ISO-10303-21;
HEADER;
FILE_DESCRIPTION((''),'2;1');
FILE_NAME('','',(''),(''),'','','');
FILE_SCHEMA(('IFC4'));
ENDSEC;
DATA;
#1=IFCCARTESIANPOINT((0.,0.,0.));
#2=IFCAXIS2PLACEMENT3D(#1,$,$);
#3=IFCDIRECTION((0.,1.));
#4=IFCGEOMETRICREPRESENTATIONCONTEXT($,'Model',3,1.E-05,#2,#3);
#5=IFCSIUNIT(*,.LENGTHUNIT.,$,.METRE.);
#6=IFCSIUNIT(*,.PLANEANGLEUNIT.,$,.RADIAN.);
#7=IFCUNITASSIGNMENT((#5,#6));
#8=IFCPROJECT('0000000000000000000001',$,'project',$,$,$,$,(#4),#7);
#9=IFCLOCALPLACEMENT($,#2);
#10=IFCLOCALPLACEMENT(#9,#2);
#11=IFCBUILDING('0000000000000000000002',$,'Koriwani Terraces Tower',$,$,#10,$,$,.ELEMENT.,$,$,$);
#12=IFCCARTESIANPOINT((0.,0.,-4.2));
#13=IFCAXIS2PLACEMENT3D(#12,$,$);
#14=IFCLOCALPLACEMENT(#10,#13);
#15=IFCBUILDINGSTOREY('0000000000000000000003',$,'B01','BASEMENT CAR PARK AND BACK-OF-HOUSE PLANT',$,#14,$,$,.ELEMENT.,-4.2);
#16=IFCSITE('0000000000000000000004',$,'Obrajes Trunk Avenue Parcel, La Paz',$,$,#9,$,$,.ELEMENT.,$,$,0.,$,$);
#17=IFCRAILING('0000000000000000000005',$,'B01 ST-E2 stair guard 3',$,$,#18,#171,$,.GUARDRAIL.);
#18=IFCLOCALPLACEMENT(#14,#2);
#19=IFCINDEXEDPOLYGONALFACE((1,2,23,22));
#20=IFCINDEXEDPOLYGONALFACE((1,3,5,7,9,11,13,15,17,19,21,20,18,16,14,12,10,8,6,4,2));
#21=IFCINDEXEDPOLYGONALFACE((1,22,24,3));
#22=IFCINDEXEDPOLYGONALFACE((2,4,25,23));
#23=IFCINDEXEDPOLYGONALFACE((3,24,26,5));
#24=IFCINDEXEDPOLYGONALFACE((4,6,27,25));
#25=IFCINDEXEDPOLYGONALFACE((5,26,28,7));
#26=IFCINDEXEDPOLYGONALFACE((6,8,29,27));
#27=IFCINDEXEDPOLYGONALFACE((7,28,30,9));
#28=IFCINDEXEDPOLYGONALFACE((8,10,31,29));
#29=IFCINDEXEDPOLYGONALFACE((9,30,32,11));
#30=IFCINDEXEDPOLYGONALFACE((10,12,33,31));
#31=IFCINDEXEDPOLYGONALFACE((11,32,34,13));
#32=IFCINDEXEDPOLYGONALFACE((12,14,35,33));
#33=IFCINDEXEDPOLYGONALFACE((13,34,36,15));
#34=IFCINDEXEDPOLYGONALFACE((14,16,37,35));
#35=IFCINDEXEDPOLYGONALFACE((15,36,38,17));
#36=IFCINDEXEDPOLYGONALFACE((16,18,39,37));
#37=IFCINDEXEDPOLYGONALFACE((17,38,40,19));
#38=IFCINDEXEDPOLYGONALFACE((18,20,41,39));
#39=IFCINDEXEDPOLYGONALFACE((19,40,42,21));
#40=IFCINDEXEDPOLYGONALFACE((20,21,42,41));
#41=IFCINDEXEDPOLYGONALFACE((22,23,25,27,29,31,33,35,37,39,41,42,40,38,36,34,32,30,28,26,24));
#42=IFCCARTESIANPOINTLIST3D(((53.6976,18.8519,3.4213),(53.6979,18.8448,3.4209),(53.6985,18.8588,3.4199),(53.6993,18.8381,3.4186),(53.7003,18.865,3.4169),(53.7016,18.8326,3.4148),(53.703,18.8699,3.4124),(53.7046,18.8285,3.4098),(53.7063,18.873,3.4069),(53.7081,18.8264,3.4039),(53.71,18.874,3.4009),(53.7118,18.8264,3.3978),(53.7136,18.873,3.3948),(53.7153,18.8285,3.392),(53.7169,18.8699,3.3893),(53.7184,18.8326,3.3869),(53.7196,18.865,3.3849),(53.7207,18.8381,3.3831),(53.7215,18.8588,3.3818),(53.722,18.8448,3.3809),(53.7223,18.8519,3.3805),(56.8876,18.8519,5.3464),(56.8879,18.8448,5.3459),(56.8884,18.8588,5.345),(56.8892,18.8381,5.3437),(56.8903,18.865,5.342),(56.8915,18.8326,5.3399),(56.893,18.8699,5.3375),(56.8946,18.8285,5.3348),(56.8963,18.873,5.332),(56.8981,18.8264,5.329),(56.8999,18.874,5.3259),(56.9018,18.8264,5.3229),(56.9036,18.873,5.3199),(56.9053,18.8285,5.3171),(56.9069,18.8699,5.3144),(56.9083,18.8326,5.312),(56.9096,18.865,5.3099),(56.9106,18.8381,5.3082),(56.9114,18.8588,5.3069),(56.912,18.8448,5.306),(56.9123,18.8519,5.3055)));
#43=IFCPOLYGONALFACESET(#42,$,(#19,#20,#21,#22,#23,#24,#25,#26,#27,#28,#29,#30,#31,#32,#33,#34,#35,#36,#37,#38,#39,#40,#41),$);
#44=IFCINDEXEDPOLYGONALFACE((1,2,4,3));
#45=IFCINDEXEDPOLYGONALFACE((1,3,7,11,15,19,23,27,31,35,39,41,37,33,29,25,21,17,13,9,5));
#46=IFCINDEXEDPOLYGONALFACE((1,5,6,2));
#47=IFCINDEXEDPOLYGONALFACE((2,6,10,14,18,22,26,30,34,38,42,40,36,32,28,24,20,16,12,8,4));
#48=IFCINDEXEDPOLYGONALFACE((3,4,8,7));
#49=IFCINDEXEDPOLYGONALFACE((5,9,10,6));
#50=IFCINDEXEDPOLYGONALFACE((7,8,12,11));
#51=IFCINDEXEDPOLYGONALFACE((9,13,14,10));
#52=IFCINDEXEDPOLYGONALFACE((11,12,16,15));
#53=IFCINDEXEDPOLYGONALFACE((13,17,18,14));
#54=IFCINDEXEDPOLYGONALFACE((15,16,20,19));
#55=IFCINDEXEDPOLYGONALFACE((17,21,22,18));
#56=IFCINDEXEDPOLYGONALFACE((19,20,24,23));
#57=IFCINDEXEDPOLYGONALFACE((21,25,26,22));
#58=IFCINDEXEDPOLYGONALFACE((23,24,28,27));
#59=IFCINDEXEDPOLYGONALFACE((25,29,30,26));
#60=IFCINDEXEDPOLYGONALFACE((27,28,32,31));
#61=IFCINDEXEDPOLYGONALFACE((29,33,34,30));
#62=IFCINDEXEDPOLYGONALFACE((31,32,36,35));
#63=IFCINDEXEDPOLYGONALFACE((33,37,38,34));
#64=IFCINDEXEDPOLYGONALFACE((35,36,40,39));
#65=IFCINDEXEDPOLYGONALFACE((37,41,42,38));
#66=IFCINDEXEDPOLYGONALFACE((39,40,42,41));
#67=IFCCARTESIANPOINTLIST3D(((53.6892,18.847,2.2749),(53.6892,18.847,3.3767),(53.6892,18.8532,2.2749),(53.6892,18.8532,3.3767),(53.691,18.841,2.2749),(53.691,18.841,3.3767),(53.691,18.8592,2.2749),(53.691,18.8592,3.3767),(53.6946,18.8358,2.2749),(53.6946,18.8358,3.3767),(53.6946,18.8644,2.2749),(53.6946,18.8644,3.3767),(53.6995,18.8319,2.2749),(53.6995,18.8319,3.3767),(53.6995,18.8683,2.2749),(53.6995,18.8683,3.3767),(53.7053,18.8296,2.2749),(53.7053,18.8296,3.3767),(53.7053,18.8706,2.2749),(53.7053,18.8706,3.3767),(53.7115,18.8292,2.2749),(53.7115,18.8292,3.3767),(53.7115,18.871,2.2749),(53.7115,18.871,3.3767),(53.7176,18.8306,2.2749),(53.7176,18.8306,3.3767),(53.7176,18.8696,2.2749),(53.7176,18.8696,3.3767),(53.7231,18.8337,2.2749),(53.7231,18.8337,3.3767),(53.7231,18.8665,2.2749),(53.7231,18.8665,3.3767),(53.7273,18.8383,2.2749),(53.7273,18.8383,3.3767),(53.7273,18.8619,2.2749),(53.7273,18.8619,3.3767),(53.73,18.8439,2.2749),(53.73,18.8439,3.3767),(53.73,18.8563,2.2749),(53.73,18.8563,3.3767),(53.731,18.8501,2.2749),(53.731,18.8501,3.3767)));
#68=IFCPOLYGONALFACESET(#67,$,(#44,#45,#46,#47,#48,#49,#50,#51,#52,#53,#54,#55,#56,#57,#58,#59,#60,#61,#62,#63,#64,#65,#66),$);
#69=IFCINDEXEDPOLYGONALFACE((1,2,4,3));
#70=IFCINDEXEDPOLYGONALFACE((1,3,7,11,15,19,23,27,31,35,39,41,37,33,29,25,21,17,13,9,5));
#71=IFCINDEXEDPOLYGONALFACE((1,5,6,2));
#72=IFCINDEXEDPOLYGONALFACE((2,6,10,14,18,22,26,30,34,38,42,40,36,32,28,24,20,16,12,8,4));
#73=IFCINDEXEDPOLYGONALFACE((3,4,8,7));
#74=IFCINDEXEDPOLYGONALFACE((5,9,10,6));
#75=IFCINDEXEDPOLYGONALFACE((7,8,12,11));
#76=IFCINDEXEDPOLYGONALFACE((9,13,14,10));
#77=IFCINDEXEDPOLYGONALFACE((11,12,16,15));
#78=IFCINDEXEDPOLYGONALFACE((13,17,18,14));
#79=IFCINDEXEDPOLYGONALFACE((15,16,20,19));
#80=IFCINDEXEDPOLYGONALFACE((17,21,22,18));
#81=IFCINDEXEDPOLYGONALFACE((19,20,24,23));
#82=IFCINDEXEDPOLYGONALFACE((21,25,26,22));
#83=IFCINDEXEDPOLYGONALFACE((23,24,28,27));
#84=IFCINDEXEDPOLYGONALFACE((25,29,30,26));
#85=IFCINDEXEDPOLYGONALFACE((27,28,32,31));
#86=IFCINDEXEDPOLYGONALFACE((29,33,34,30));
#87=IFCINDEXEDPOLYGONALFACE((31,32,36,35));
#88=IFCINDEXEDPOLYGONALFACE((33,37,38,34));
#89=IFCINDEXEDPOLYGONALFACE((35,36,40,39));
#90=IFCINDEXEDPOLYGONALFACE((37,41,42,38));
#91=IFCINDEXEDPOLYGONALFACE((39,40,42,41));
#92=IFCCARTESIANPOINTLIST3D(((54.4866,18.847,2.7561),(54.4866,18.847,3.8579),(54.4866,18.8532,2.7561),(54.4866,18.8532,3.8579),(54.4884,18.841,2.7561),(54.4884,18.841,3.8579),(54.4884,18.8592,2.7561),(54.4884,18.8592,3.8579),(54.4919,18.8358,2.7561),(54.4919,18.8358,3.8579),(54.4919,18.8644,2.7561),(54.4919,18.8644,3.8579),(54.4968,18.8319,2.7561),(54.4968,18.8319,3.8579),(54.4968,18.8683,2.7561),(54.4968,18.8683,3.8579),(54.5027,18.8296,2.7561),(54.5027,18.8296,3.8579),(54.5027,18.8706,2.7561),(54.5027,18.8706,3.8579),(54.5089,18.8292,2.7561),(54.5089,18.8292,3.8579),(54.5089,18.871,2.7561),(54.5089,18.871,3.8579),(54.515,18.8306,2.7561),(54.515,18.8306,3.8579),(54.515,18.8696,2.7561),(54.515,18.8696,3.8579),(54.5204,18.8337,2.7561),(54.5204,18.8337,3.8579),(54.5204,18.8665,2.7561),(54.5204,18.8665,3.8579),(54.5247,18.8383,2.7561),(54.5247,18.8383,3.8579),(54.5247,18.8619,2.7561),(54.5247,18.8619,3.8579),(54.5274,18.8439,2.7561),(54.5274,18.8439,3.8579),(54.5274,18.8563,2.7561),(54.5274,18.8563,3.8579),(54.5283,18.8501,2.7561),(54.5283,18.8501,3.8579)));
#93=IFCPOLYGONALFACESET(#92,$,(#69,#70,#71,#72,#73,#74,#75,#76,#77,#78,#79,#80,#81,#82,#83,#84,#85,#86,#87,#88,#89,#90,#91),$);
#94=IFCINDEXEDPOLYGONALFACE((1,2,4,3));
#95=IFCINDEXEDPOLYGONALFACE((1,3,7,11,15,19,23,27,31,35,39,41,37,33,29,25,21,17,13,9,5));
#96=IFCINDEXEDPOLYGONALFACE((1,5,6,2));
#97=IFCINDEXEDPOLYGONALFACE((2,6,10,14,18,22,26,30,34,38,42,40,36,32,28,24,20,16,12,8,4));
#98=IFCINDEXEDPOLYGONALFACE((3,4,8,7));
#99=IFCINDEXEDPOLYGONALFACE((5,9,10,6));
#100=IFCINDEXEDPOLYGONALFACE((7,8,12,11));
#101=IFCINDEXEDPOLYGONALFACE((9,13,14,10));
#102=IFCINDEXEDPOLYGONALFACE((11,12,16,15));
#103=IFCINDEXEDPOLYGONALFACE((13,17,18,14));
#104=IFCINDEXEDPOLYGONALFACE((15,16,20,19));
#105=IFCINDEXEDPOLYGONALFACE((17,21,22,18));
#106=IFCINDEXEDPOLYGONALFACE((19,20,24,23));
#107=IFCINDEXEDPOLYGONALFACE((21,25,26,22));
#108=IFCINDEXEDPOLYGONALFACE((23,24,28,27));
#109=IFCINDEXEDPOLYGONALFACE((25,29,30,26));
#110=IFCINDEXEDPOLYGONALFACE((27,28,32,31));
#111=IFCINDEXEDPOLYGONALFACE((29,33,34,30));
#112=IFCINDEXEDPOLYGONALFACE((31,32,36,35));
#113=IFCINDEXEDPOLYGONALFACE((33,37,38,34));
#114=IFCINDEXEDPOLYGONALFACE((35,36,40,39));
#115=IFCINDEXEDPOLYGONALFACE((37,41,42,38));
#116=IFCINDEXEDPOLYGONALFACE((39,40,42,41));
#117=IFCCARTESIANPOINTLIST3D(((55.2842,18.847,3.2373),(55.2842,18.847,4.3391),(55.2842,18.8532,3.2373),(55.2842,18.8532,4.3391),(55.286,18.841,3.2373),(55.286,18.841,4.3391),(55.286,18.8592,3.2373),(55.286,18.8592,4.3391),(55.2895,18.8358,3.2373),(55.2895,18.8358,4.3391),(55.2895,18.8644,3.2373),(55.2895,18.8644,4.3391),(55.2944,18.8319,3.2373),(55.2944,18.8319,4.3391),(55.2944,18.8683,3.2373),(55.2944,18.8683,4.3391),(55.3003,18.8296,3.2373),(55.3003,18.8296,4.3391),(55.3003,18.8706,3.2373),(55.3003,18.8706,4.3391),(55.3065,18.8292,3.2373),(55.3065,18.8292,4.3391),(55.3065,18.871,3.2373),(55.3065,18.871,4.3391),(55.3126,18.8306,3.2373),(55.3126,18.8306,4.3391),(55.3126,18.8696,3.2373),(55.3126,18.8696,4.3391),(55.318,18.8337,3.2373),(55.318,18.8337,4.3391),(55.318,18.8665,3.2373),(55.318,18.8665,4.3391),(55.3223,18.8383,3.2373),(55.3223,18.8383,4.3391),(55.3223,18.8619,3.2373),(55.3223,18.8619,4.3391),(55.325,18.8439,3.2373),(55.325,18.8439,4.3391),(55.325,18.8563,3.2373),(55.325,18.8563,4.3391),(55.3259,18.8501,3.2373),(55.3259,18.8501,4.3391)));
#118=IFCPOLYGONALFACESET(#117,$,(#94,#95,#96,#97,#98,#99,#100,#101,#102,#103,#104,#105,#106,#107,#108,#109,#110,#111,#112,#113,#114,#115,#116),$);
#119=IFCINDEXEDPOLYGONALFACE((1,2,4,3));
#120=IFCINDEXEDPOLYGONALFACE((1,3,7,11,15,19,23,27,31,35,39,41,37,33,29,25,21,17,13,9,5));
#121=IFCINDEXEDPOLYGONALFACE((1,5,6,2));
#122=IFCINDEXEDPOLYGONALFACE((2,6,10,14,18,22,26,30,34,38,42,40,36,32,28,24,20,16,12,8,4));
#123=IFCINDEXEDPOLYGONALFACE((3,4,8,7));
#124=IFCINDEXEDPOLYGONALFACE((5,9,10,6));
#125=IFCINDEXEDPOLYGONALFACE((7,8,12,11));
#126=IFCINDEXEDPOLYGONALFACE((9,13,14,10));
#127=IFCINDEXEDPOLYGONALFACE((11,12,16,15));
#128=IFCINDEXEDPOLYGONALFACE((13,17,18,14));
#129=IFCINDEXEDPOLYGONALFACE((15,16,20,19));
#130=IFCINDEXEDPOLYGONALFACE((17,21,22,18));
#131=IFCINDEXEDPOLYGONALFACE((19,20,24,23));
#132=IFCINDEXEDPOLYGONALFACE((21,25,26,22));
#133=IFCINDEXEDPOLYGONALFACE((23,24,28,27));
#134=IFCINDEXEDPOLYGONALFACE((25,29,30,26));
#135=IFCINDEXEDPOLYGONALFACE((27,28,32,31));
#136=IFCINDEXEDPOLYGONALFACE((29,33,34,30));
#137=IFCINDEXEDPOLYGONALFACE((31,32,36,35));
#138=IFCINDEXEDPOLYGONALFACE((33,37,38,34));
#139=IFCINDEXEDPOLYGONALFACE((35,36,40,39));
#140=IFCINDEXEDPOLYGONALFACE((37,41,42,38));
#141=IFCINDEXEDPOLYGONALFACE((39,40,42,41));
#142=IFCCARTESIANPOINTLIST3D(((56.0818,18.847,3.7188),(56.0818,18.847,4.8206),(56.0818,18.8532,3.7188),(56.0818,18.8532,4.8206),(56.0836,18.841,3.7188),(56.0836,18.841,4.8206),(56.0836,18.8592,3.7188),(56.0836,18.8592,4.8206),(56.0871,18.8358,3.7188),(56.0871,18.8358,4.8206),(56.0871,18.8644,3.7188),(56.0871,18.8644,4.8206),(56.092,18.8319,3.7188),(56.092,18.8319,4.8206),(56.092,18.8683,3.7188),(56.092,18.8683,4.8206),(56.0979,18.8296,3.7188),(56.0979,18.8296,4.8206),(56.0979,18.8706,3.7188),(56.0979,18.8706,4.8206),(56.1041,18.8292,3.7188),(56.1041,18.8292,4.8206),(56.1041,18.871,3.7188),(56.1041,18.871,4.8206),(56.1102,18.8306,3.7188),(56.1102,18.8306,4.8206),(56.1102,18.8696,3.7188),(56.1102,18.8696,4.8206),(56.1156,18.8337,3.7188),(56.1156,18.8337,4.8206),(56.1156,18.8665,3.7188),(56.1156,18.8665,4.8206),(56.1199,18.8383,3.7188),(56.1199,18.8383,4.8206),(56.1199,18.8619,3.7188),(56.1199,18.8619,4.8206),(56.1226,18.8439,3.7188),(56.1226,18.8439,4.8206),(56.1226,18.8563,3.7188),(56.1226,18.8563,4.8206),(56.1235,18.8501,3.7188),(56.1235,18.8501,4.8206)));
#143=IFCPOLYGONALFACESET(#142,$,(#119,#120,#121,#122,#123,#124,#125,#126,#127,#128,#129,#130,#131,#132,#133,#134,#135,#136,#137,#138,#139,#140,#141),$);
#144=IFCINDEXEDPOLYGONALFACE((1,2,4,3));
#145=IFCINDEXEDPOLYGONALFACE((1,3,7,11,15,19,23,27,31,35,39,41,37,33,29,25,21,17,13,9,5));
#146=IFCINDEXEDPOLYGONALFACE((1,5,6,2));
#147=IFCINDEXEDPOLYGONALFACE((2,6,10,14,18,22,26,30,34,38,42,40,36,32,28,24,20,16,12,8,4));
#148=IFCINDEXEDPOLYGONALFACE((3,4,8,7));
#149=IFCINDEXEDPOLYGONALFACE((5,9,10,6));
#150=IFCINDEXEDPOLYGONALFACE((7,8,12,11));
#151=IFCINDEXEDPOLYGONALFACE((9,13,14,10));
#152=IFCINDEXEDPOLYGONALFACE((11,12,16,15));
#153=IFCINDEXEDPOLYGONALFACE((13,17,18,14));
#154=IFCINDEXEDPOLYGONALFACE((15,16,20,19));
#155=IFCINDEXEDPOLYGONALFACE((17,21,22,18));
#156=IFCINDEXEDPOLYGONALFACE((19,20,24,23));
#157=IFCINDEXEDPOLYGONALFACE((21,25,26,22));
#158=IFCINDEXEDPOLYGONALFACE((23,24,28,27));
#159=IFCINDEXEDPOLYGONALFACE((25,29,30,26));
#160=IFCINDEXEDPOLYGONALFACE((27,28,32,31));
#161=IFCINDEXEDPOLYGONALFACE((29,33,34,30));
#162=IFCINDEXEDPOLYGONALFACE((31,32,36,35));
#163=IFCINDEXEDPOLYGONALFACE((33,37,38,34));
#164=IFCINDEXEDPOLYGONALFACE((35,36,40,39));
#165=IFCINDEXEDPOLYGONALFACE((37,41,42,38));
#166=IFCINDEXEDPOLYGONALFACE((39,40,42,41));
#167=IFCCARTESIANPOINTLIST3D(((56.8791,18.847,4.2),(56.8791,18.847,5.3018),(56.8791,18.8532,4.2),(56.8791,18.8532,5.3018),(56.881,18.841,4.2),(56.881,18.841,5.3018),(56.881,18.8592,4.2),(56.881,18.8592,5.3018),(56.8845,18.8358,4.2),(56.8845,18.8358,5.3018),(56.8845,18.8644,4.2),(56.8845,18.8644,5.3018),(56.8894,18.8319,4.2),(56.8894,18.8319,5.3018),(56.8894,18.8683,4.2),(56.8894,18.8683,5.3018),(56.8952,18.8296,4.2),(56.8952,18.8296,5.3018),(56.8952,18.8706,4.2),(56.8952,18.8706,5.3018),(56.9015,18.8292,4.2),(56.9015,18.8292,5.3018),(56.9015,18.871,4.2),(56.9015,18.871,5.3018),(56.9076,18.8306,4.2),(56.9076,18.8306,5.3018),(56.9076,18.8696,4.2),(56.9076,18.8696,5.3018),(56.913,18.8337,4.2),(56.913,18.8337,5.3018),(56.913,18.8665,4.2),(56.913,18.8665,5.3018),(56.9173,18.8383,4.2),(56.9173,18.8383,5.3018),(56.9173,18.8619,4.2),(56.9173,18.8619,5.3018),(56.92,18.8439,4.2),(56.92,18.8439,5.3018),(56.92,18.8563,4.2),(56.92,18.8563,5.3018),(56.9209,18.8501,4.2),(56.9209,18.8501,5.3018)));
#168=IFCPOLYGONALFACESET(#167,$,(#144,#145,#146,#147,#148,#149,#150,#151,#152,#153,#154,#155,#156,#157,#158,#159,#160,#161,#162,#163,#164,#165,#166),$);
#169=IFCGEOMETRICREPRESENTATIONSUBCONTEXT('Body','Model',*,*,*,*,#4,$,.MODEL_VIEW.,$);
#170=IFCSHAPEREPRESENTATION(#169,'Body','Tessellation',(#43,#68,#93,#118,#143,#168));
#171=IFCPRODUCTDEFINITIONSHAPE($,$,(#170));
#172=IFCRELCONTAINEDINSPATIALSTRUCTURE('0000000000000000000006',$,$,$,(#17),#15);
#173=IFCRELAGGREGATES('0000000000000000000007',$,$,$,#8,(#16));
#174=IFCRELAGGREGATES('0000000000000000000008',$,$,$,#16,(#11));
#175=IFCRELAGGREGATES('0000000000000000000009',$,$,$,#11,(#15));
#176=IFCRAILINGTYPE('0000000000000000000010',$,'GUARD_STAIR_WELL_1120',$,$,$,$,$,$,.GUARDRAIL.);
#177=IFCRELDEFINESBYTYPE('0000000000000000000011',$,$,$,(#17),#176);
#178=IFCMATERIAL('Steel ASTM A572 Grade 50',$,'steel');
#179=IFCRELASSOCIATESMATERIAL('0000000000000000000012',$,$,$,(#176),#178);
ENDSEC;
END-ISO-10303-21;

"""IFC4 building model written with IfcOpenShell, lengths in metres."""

from ifc_helpers import new_model, si_unit, direction, frame, origin, origin_2d, place, context, subcontext, project, spatial, circle, extrude, material, type_object, element, save


model = new_model("IFC4")

# Units and contexts
model_context = context("Model", 3, precision=1e-05, world=origin(), true_north=direction((0.0, 1.0)))
body_context = subcontext(model_context, "Body", "Model", "MODEL_VIEW")
ifc_project = project(units=[si_unit("LENGTHUNIT", "METRE"), si_unit("PLANEANGLEUNIT", "RADIAN")], contexts=[model_context])

# Site, building, storey
site_placement = place(None, origin())
site = spatial("IfcSite", under=ifc_project, at=site_placement, Name="Obrajes Trunk Avenue Parcel, La Paz", CompositionType="ELEMENT", RefElevation=0.0)
building_placement = place(site_placement, origin())
building = spatial("IfcBuilding", under=site, at=building_placement, Name="Koriwani Terraces Tower", CompositionType="ELEMENT")
storey_placement = place(building_placement, frame((0.0, 0.0, -4.2)))
storey = spatial("IfcBuildingStorey", under=building, at=storey_placement, Name="B01", Description="BASEMENT CAR PARK AND BACK-OF-HOUSE PLANT", CompositionType="ELEMENT", Elevation=-4.2)

# Shared definitions
ifc_material_1 = material(Name="Steel ASTM A572 Grade 50", Category="steel")

# Railing
railing_type_1 = type_object("IfcRailingType", Name="GUARD_STAIR_WELL_1120", PredefinedType="GUARDRAIL", material=ifc_material_1)
railing_1_placement = place(storey_placement, frame((53.71, 18.8501, 2.2749)))
element("IfcRailing", 1, at=railing_1_placement, inside=storey, type_object=railing_type_1, Name="B01 ST-E2 stair guard 3", PredefinedType="GUARDRAIL", context=body_context, shape_type="SweptSolid", body=[
    extrude(circle(Radius=0.0239, at=origin_2d()), frame((0.0, 0.0, 1.126), z_axis=(0.856178, 0.0, 0.516682), x_axis=(0.0, 1.0, 0.0)), (0.0, 0.0, 1.0), 3.7258),
    extrude(circle(Radius=0.021, at=origin_2d()), origin(), (0.0, 0.0, 1.0), 1.1018),
    extrude(circle(Radius=0.021, at=origin_2d()), frame((0.7974, 0.0, 0.4812)), (0.0, 0.0, 1.0), 1.1018),
    extrude(circle(Radius=0.021, at=origin_2d()), frame((1.595, 0.0, 0.9624)), (0.0, 0.0, 1.0), 1.1018),
    extrude(circle(Radius=0.021, at=origin_2d()), frame((2.3926, 0.0, 1.4438)), (0.0, 0.0, 1.0), 1.1018),
    extrude(circle(Radius=0.021, at=origin_2d()), frame((3.1899, 0.0, 1.925)), (0.0, 0.0, 1.0), 1.1018),
])

save(model, "model.ifc")
